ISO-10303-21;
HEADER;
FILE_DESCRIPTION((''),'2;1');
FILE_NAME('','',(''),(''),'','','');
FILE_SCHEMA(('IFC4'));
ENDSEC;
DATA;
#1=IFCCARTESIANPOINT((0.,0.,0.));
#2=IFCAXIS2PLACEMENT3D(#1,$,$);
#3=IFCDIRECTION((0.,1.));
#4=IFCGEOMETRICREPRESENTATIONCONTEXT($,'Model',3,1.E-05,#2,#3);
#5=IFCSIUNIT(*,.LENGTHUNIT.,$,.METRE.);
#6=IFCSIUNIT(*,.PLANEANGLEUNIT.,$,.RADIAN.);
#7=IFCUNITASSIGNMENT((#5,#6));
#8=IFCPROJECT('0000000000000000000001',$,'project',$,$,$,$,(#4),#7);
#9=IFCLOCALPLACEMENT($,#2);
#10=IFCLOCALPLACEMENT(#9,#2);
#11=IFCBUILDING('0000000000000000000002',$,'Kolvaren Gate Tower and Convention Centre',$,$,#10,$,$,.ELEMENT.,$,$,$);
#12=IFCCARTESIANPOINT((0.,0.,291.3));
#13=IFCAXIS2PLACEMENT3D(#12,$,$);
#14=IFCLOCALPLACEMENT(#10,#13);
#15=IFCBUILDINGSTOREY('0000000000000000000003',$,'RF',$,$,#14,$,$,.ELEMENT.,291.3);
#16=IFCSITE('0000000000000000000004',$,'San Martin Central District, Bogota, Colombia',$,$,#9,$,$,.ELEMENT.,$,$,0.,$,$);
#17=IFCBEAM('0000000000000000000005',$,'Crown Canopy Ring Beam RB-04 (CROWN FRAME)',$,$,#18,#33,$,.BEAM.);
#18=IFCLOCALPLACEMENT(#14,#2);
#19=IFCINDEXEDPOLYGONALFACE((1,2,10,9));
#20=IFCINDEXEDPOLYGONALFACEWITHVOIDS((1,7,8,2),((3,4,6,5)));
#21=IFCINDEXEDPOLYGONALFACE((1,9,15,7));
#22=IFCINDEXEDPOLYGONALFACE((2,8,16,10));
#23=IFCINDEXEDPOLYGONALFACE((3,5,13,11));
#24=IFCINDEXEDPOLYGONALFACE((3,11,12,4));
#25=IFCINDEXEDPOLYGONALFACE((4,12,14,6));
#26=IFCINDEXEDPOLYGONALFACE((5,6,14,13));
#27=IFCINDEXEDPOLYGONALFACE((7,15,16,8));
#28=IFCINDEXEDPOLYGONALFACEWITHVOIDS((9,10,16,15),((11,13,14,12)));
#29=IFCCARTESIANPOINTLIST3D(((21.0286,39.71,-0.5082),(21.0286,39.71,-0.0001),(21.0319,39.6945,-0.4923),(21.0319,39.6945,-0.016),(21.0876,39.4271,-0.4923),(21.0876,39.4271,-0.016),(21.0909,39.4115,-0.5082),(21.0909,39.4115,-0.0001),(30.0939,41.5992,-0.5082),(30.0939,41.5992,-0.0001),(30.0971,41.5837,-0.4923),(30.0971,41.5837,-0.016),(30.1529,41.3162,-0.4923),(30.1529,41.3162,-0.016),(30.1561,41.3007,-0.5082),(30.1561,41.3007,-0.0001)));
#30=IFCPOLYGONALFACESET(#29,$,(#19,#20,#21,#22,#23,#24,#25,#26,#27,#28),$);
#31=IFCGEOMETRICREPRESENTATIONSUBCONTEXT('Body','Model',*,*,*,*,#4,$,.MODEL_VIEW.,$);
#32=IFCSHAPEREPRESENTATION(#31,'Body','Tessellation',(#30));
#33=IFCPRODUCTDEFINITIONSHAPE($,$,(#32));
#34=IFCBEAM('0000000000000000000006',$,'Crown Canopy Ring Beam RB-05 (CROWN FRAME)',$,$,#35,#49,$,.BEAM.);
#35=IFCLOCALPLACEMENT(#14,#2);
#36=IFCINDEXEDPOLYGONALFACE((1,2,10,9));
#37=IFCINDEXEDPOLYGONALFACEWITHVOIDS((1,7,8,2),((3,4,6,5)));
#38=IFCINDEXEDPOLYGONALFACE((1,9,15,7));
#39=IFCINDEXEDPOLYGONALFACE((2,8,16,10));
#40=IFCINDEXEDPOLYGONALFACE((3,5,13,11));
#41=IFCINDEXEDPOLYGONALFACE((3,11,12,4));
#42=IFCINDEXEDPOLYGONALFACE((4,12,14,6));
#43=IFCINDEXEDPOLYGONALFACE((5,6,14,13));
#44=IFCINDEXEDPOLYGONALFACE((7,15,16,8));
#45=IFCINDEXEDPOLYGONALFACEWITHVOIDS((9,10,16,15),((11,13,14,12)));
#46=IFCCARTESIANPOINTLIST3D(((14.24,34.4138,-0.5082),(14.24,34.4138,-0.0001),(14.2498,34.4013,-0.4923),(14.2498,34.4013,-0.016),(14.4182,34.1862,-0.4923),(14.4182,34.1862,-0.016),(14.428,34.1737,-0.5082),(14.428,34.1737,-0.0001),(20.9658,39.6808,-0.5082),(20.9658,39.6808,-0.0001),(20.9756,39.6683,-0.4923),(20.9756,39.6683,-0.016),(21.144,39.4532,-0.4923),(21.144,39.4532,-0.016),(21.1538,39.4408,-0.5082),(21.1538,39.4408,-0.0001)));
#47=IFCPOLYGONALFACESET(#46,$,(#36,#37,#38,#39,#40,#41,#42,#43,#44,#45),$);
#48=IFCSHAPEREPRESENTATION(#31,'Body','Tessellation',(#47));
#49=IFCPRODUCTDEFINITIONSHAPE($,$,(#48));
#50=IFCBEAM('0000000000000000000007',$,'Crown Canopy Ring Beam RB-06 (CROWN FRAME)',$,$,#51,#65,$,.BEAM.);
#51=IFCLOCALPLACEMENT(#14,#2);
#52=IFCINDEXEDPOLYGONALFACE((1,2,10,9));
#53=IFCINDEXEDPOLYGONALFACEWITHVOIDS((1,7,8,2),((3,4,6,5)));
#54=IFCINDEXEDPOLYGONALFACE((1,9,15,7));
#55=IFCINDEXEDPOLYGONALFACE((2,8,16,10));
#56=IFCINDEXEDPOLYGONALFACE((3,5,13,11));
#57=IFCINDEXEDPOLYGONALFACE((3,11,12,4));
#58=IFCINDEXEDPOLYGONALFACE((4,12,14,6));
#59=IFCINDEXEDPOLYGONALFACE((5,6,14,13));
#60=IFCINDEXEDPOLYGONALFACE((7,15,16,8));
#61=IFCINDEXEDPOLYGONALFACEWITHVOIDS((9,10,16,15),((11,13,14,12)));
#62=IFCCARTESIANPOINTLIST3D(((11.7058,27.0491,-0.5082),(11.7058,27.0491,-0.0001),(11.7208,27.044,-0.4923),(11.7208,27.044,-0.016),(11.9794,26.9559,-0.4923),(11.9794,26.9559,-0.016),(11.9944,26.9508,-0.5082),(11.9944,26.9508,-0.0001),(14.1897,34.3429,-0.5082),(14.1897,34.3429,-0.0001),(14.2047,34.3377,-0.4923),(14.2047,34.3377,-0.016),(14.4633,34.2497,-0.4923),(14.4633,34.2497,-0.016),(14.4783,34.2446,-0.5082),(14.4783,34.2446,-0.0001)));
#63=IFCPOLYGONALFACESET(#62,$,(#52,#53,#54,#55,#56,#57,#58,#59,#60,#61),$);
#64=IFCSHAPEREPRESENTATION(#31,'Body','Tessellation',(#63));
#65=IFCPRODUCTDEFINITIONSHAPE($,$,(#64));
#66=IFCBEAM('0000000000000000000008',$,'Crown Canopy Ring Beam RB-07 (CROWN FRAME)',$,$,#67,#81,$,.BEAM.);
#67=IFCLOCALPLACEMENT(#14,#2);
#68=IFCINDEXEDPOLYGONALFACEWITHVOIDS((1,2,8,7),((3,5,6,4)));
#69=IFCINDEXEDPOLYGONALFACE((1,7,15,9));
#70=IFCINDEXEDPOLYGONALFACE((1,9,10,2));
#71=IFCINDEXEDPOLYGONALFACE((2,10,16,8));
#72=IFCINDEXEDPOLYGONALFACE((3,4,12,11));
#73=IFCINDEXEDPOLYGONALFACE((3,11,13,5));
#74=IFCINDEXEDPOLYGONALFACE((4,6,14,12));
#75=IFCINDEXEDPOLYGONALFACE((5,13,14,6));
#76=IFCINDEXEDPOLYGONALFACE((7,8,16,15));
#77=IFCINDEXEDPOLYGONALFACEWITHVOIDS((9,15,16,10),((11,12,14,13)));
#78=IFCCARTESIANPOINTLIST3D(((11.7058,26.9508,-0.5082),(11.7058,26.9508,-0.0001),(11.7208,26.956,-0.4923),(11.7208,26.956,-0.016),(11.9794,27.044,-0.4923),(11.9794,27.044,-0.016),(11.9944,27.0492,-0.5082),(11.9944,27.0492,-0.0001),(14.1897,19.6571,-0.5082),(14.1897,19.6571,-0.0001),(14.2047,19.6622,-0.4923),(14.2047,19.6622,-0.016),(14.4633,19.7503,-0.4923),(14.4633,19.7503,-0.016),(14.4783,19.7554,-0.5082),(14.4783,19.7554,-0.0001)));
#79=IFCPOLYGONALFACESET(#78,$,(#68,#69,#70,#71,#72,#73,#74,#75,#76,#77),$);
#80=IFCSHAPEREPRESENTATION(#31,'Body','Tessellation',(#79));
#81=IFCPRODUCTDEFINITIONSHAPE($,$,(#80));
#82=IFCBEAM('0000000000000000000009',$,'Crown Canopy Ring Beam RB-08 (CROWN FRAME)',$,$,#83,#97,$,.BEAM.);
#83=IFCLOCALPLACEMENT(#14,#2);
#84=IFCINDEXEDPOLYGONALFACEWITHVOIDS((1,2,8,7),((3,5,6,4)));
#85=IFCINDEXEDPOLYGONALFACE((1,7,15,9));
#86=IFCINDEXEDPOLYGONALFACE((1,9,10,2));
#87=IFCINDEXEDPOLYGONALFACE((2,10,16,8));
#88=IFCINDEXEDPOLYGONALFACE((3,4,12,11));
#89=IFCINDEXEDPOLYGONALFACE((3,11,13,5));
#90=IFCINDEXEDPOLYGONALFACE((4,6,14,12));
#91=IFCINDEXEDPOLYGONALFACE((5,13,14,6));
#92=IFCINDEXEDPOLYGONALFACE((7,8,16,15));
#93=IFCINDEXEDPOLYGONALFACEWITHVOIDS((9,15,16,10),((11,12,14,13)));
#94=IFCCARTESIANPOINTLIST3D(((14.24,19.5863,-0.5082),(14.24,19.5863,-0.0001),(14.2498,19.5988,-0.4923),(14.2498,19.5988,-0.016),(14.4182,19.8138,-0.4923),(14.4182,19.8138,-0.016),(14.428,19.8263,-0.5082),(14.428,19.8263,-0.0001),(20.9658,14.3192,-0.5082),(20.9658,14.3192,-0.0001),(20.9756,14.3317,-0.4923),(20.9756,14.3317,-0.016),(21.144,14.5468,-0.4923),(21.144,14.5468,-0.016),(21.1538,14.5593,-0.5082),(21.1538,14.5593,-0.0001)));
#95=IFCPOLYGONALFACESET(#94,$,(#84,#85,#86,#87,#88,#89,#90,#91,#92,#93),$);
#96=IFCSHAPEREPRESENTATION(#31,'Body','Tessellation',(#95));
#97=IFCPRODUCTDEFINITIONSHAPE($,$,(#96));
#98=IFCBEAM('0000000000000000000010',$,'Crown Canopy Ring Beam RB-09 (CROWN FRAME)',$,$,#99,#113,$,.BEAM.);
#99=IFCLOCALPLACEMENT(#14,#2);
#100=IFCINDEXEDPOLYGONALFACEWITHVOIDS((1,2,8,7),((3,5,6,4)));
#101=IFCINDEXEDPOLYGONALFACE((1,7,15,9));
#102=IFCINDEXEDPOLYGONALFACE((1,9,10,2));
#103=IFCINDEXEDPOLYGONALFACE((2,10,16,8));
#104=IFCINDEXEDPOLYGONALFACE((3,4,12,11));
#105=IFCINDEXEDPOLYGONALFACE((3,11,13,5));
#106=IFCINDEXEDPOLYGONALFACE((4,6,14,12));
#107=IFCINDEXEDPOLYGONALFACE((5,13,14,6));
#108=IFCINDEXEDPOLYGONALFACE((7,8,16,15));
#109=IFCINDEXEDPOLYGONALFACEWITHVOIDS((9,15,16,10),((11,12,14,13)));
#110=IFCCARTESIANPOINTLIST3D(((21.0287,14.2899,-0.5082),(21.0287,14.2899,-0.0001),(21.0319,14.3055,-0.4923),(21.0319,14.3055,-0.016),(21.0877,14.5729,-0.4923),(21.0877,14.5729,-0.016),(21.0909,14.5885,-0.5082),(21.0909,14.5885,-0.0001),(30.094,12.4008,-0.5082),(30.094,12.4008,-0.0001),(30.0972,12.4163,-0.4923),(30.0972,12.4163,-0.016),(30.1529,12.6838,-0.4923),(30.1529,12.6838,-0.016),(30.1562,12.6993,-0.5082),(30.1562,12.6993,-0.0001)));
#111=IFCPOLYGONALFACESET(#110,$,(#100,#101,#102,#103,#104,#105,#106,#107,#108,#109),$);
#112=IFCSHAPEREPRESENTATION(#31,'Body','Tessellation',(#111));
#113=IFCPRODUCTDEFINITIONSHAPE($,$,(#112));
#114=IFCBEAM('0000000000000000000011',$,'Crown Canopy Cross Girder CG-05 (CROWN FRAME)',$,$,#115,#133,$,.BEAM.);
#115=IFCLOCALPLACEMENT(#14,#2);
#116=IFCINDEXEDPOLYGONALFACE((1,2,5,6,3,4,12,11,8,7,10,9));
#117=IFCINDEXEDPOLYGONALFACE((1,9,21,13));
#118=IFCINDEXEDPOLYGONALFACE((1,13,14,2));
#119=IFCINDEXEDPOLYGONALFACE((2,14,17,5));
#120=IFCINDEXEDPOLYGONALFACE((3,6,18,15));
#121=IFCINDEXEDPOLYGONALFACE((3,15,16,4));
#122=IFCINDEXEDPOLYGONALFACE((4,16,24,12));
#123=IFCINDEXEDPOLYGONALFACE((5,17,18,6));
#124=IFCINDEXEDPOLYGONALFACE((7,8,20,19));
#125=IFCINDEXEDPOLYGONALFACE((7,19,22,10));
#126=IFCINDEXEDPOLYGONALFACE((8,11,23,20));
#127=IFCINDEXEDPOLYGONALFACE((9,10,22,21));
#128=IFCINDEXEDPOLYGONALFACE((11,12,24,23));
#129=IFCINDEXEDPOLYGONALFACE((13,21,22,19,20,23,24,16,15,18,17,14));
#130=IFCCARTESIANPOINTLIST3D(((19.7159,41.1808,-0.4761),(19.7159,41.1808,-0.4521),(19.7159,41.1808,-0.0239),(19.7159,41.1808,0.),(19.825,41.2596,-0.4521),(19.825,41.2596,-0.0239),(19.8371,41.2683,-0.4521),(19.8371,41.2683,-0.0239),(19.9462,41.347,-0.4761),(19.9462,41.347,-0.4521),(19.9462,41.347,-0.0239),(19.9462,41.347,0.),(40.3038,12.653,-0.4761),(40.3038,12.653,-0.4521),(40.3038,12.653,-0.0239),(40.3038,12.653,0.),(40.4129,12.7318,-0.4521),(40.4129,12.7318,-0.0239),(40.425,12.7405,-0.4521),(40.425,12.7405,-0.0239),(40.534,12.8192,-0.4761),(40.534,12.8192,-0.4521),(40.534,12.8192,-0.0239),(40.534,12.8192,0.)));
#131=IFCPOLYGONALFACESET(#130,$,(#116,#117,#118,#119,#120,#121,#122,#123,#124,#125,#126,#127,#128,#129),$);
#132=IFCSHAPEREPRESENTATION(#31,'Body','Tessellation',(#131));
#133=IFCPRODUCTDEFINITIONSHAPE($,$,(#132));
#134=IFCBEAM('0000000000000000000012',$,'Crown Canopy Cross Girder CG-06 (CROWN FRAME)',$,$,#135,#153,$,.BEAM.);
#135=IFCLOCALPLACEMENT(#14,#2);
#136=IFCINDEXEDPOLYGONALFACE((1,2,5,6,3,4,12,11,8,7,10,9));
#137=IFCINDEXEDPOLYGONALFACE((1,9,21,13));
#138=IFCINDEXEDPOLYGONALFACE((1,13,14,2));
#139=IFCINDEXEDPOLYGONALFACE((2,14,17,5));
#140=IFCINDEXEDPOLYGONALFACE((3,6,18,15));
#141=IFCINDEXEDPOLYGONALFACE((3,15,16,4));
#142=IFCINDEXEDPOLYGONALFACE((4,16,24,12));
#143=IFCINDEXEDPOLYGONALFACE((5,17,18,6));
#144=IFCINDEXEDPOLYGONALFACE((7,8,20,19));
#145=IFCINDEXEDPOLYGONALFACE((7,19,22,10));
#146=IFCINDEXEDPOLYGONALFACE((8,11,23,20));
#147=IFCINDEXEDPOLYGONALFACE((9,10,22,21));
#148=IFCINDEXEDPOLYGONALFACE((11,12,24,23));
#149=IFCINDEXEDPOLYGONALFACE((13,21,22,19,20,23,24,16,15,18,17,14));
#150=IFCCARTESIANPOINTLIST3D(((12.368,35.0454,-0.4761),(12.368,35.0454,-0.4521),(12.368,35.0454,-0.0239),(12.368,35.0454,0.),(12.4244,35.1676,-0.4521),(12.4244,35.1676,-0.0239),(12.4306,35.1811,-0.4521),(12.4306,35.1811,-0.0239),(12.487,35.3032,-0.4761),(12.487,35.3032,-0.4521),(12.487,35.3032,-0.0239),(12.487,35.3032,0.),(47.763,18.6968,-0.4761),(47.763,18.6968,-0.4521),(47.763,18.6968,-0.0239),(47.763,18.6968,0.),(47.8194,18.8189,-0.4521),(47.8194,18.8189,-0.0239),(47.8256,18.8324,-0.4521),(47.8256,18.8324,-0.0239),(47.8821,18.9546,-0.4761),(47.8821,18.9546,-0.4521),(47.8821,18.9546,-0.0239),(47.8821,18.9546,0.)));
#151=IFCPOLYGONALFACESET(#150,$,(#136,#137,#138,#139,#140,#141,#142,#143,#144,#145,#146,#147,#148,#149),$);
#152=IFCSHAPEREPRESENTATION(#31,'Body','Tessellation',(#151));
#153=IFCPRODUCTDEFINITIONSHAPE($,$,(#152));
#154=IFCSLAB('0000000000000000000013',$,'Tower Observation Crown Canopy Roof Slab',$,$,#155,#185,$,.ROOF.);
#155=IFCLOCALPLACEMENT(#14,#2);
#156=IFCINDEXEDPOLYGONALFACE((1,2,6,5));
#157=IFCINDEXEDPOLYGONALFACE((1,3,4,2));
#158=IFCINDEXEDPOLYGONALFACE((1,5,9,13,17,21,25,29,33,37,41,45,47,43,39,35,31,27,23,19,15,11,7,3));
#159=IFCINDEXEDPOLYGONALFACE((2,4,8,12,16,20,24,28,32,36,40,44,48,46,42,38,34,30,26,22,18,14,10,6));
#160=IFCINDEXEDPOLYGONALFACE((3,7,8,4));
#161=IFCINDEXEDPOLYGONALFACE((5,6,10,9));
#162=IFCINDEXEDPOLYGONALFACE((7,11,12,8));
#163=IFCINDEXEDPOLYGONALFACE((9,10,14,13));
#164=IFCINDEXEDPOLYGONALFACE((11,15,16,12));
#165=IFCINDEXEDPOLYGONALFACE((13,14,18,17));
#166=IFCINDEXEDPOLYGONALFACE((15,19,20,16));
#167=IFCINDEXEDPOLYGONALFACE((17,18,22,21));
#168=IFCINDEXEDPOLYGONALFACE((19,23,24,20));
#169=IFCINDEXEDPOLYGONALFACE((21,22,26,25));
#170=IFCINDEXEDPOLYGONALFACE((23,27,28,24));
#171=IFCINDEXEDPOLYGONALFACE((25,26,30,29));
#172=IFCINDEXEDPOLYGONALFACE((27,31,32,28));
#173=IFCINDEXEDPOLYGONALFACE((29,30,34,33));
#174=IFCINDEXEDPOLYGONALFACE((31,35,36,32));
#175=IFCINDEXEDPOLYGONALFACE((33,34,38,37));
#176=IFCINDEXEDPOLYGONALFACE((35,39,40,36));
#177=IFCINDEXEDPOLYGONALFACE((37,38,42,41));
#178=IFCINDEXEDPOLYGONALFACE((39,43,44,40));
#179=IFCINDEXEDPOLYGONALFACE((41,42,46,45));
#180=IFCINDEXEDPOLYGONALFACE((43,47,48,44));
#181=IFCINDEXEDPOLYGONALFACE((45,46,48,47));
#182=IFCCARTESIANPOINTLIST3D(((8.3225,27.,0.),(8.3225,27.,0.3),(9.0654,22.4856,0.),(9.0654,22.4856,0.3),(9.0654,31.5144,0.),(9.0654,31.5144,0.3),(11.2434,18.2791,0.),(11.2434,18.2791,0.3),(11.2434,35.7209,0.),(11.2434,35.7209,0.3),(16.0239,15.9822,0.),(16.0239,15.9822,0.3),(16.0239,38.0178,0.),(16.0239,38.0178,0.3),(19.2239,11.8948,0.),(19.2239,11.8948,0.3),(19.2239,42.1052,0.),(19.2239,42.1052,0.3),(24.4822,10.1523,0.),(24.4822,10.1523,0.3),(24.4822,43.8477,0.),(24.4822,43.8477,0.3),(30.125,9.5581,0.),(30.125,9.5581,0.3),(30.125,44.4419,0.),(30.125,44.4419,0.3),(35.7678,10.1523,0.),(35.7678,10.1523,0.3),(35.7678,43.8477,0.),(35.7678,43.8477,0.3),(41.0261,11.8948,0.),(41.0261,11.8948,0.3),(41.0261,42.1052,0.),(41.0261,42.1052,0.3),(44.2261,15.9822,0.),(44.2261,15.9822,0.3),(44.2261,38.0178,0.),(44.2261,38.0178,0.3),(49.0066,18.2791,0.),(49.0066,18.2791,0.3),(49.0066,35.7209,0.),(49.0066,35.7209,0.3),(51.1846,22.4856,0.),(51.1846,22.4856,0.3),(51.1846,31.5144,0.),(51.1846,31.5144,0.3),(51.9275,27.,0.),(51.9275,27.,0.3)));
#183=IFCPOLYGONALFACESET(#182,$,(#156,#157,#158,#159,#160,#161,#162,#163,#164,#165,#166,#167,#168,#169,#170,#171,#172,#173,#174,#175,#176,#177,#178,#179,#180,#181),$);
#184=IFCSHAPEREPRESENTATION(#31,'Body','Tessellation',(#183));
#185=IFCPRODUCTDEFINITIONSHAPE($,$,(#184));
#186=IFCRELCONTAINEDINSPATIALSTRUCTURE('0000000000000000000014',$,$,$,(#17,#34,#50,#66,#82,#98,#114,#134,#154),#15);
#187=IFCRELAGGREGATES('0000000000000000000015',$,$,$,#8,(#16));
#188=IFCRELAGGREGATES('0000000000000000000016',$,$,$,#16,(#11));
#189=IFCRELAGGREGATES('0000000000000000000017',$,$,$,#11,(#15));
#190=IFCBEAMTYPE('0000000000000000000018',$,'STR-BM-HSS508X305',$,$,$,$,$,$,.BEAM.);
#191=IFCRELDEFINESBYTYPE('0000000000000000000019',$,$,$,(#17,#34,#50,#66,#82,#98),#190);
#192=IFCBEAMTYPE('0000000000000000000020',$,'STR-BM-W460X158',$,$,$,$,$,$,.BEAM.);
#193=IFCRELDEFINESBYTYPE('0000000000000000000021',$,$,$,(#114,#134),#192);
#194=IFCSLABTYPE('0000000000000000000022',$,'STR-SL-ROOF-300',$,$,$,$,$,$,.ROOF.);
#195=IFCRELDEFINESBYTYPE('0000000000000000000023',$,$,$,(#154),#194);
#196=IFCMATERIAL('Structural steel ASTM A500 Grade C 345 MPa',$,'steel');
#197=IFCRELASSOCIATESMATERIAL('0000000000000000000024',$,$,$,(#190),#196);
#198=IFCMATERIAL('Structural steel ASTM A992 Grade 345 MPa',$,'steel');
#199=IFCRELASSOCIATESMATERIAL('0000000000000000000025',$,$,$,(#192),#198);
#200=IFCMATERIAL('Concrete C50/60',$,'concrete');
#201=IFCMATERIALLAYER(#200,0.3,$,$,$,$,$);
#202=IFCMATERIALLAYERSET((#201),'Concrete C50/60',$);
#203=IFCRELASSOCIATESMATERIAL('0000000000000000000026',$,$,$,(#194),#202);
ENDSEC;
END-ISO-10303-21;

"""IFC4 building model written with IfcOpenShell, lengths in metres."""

from ifc_helpers import new_model, si_unit, direction, frame, origin, origin_2d, place, context, subcontext, project, spatial, polyline, hollow_rectangle, i_section, outline, extrude, material, layer, layer_set, material_profile, profile_set, type_object, element, save


model = new_model("IFC4")

# Units and contexts
model_context = context("Model", 3, precision=1e-05, world=origin(), true_north=direction((0.0, 1.0)))
body_context = subcontext(model_context, "Body", "Model", "MODEL_VIEW")
ifc_project = project(units=[si_unit("LENGTHUNIT", "METRE"), si_unit("PLANEANGLEUNIT", "RADIAN")], contexts=[model_context])

# Site, building, storey
site_placement = place(None, origin())
site = spatial("IfcSite", under=ifc_project, at=site_placement, Name="San Martin Central District, Bogota, Colombia", CompositionType="ELEMENT", RefElevation=0.0)
building_placement = place(site_placement, origin())
building = spatial("IfcBuilding", under=site, at=building_placement, Name="Kolvaren Gate Tower and Convention Centre", CompositionType="ELEMENT")
storey_placement = place(building_placement, frame((0.0, 0.0, 291.3)))
storey = spatial("IfcBuildingStorey", under=building, at=storey_placement, Name="RF", CompositionType="ELEMENT", Elevation=291.3)

# Beams
ifc_material_1 = material(Name="Structural steel ASTM A500 Grade C 345 MPa", Category="steel")
ifc_material_profile_1 = material_profile(ifc_material_1, hollow_rectangle(XDim=0.3049, YDim=0.5081, WallThickness=0.0159, at=origin_2d()), Name="HSS508X305X15.9")
ifc_profile_set_1 = profile_set([ifc_material_profile_1], Name="Structural steel ASTM A500 Grade C 345 MPa")
beam_type_1 = type_object("IfcBeamType", Name="STR-BM-HSS508X305", PredefinedType="BEAM", material=ifc_profile_set_1)
beam_1_placement = place(storey_placement, frame((30.125, 41.45, -0.2542), z_axis=(-0.978968, -0.204014, 0.0), x_axis=(0.204014, -0.978968, 0.0)))
element("IfcBeam", 1, at=beam_1_placement, inside=storey, type_object=beam_type_1, Name="Crown Canopy Ring Beam RB-04 (CROWN FRAME)", PredefinedType="BEAM", context=body_context, shape_type="SweptSolid", body=[
    extrude(hollow_rectangle(XDim=0.3049, YDim=0.5081, WallThickness=0.0159, at=origin_2d()), origin(), (0.0, 0.0, 1.0), 9.26),
])
beam_2_placement = place(storey_placement, frame((21.0598, 39.5608, -0.2542), z_axis=(-0.787312, -0.616555, 0.0), x_axis=(0.616555, -0.787312, 0.0)))
element("IfcBeam", 2, at=beam_2_placement, inside=storey, type_object=beam_type_1, Name="Crown Canopy Ring Beam RB-05 (CROWN FRAME)", PredefinedType="BEAM", context=body_context, shape_type="SweptSolid", body=[
    extrude(hollow_rectangle(XDim=0.3049, YDim=0.5081, WallThickness=0.0159, at=origin_2d()), origin(), (0.0, 0.0, 1.0), 8.5427),
])
for number, where, z_axis, x_axis, name in (
    (3, (14.334, 34.2937, -0.2542), (-0.322371, -0.946613, 0.0), (0.946613, -0.322371, 0.0), "Crown Canopy Ring Beam RB-06 (CROWN FRAME)"),
    (4, (11.8501, 27.0, -0.2542), (0.322371, -0.946613, 0.0), (0.946613, 0.322371, 0.0), "Crown Canopy Ring Beam RB-07 (CROWN FRAME)"),
):
    element("IfcBeam", number, at=place(storey_placement, frame(where, z_axis=z_axis, x_axis=x_axis)), inside=storey, type_object=beam_type_1, Name=name, PredefinedType="BEAM", context=body_context, shape_type="SweptSolid", body=[
        extrude(hollow_rectangle(XDim=0.3049, YDim=0.5081, WallThickness=0.0159, at=origin_2d()), origin(), (0.0, 0.0, 1.0), 7.7051),
    ])
beam_3_placement = place(storey_placement, frame((14.334, 19.7063, -0.2542), z_axis=(0.787312, -0.616555, 0.0), x_axis=(0.616555, 0.787312, 0.0)))
element("IfcBeam", 5, at=beam_3_placement, inside=storey, type_object=beam_type_1, Name="Crown Canopy Ring Beam RB-08 (CROWN FRAME)", PredefinedType="BEAM", context=body_context, shape_type="SweptSolid", body=[
    extrude(hollow_rectangle(XDim=0.3049, YDim=0.5081, WallThickness=0.0159, at=origin_2d()), origin(), (0.0, 0.0, 1.0), 8.5427),
])
beam_4_placement = place(storey_placement, frame((21.0598, 14.4392, -0.2542), z_axis=(0.978968, -0.204014, 0.0), x_axis=(0.204014, 0.978968, 0.0)))
element("IfcBeam", 6, at=beam_4_placement, inside=storey, type_object=beam_type_1, Name="Crown Canopy Ring Beam RB-09 (CROWN FRAME)", PredefinedType="BEAM", context=body_context, shape_type="SweptSolid", body=[
    extrude(hollow_rectangle(XDim=0.3049, YDim=0.5081, WallThickness=0.0159, at=origin_2d()), origin(), (0.0, 0.0, 1.0), 9.26),
])
ifc_material_2 = material(Name="Structural steel ASTM A992 Grade 345 MPa", Category="steel")
ifc_material_profile_2 = material_profile(ifc_material_2, i_section(OverallWidth=0.2839, OverallDepth=0.4761, WebThickness=0.0149, FlangeThickness=0.0239, at=origin_2d()), Name="W460X158")
ifc_profile_set_2 = profile_set([ifc_material_profile_2], Name="Structural steel ASTM A992 Grade 345 MPa")
beam_type_2 = type_object("IfcBeamType", Name="STR-BM-W460X158", PredefinedType="BEAM", material=ifc_profile_set_2)
beam_5_placement = place(storey_placement, frame((19.8311, 41.2639, -0.238), z_axis=(0.5852, -0.810889, 0.0), x_axis=(0.810889, 0.5852, 0.0)))
element("IfcBeam", 7, at=beam_5_placement, inside=storey, type_object=beam_type_2, Name="Crown Canopy Cross Girder CG-05 (CROWN FRAME)", PredefinedType="BEAM", context=body_context, shape_type="SweptSolid", body=[
    extrude(i_section(OverallWidth=0.2839, OverallDepth=0.4761, WebThickness=0.0149, FlangeThickness=0.0239, at=origin_2d()), origin(), (0.0, 0.0, 1.0), 35.1809),
])
beam_6_placement = place(storey_placement, frame((12.4275, 35.1743, -0.238), z_axis=(0.907838, -0.419322, 0.0), x_axis=(0.419322, 0.907838, 0.0)))
element("IfcBeam", 8, at=beam_6_placement, inside=storey, type_object=beam_type_2, Name="Crown Canopy Cross Girder CG-06 (CROWN FRAME)", PredefinedType="BEAM", context=body_context, shape_type="SweptSolid", body=[
    extrude(i_section(OverallWidth=0.2839, OverallDepth=0.4761, WebThickness=0.0149, FlangeThickness=0.0239, at=origin_2d()), origin(), (0.0, 0.0, 1.0), 38.9883),
])

# Slab
ifc_material_3 = material(Name="Concrete C50/60", Category="concrete")
ifc_layer_1 = layer(ifc_material_3, 0.3)
ifc_layer_set_1 = layer_set([ifc_layer_1], Name="Concrete C50/60")
slab_type = type_object("IfcSlabType", Name="STR-SL-ROOF-300", PredefinedType="ROOF", material=ifc_layer_set_1)
slab_placement = place(storey_placement, origin())
element("IfcSlab", 9, at=slab_placement, inside=storey, type_object=slab_type, Name="Tower Observation Crown Canopy Roof Slab", PredefinedType="ROOF", context=body_context, shape_type="SweptSolid", body=[
    extrude(outline(polyline([(51.9275, 27.0), (51.1846, 31.5144), (49.0066, 35.7209), (44.2261, 38.0178), (41.0261, 42.1052), (35.7678, 43.8477), (30.125, 44.4419), (24.4822, 43.8477), (19.2239, 42.1052), (16.0239, 38.0178), (11.2434, 35.7209), (9.0654, 31.5144), (8.3225, 27.0), (9.0654, 22.4856), (11.2434, 18.2791), (16.0239, 15.9822), (19.2239, 11.8948), (24.4822, 10.1523), (30.125, 9.5581), (35.7678, 10.1523), (41.0261, 11.8948), (44.2261, 15.9822), (49.0066, 18.2791), (51.1846, 22.4856), (51.9275, 27.0)])), origin(), (0.0, 0.0, 1.0), 0.3),
])

save(model, "model.ifc")
